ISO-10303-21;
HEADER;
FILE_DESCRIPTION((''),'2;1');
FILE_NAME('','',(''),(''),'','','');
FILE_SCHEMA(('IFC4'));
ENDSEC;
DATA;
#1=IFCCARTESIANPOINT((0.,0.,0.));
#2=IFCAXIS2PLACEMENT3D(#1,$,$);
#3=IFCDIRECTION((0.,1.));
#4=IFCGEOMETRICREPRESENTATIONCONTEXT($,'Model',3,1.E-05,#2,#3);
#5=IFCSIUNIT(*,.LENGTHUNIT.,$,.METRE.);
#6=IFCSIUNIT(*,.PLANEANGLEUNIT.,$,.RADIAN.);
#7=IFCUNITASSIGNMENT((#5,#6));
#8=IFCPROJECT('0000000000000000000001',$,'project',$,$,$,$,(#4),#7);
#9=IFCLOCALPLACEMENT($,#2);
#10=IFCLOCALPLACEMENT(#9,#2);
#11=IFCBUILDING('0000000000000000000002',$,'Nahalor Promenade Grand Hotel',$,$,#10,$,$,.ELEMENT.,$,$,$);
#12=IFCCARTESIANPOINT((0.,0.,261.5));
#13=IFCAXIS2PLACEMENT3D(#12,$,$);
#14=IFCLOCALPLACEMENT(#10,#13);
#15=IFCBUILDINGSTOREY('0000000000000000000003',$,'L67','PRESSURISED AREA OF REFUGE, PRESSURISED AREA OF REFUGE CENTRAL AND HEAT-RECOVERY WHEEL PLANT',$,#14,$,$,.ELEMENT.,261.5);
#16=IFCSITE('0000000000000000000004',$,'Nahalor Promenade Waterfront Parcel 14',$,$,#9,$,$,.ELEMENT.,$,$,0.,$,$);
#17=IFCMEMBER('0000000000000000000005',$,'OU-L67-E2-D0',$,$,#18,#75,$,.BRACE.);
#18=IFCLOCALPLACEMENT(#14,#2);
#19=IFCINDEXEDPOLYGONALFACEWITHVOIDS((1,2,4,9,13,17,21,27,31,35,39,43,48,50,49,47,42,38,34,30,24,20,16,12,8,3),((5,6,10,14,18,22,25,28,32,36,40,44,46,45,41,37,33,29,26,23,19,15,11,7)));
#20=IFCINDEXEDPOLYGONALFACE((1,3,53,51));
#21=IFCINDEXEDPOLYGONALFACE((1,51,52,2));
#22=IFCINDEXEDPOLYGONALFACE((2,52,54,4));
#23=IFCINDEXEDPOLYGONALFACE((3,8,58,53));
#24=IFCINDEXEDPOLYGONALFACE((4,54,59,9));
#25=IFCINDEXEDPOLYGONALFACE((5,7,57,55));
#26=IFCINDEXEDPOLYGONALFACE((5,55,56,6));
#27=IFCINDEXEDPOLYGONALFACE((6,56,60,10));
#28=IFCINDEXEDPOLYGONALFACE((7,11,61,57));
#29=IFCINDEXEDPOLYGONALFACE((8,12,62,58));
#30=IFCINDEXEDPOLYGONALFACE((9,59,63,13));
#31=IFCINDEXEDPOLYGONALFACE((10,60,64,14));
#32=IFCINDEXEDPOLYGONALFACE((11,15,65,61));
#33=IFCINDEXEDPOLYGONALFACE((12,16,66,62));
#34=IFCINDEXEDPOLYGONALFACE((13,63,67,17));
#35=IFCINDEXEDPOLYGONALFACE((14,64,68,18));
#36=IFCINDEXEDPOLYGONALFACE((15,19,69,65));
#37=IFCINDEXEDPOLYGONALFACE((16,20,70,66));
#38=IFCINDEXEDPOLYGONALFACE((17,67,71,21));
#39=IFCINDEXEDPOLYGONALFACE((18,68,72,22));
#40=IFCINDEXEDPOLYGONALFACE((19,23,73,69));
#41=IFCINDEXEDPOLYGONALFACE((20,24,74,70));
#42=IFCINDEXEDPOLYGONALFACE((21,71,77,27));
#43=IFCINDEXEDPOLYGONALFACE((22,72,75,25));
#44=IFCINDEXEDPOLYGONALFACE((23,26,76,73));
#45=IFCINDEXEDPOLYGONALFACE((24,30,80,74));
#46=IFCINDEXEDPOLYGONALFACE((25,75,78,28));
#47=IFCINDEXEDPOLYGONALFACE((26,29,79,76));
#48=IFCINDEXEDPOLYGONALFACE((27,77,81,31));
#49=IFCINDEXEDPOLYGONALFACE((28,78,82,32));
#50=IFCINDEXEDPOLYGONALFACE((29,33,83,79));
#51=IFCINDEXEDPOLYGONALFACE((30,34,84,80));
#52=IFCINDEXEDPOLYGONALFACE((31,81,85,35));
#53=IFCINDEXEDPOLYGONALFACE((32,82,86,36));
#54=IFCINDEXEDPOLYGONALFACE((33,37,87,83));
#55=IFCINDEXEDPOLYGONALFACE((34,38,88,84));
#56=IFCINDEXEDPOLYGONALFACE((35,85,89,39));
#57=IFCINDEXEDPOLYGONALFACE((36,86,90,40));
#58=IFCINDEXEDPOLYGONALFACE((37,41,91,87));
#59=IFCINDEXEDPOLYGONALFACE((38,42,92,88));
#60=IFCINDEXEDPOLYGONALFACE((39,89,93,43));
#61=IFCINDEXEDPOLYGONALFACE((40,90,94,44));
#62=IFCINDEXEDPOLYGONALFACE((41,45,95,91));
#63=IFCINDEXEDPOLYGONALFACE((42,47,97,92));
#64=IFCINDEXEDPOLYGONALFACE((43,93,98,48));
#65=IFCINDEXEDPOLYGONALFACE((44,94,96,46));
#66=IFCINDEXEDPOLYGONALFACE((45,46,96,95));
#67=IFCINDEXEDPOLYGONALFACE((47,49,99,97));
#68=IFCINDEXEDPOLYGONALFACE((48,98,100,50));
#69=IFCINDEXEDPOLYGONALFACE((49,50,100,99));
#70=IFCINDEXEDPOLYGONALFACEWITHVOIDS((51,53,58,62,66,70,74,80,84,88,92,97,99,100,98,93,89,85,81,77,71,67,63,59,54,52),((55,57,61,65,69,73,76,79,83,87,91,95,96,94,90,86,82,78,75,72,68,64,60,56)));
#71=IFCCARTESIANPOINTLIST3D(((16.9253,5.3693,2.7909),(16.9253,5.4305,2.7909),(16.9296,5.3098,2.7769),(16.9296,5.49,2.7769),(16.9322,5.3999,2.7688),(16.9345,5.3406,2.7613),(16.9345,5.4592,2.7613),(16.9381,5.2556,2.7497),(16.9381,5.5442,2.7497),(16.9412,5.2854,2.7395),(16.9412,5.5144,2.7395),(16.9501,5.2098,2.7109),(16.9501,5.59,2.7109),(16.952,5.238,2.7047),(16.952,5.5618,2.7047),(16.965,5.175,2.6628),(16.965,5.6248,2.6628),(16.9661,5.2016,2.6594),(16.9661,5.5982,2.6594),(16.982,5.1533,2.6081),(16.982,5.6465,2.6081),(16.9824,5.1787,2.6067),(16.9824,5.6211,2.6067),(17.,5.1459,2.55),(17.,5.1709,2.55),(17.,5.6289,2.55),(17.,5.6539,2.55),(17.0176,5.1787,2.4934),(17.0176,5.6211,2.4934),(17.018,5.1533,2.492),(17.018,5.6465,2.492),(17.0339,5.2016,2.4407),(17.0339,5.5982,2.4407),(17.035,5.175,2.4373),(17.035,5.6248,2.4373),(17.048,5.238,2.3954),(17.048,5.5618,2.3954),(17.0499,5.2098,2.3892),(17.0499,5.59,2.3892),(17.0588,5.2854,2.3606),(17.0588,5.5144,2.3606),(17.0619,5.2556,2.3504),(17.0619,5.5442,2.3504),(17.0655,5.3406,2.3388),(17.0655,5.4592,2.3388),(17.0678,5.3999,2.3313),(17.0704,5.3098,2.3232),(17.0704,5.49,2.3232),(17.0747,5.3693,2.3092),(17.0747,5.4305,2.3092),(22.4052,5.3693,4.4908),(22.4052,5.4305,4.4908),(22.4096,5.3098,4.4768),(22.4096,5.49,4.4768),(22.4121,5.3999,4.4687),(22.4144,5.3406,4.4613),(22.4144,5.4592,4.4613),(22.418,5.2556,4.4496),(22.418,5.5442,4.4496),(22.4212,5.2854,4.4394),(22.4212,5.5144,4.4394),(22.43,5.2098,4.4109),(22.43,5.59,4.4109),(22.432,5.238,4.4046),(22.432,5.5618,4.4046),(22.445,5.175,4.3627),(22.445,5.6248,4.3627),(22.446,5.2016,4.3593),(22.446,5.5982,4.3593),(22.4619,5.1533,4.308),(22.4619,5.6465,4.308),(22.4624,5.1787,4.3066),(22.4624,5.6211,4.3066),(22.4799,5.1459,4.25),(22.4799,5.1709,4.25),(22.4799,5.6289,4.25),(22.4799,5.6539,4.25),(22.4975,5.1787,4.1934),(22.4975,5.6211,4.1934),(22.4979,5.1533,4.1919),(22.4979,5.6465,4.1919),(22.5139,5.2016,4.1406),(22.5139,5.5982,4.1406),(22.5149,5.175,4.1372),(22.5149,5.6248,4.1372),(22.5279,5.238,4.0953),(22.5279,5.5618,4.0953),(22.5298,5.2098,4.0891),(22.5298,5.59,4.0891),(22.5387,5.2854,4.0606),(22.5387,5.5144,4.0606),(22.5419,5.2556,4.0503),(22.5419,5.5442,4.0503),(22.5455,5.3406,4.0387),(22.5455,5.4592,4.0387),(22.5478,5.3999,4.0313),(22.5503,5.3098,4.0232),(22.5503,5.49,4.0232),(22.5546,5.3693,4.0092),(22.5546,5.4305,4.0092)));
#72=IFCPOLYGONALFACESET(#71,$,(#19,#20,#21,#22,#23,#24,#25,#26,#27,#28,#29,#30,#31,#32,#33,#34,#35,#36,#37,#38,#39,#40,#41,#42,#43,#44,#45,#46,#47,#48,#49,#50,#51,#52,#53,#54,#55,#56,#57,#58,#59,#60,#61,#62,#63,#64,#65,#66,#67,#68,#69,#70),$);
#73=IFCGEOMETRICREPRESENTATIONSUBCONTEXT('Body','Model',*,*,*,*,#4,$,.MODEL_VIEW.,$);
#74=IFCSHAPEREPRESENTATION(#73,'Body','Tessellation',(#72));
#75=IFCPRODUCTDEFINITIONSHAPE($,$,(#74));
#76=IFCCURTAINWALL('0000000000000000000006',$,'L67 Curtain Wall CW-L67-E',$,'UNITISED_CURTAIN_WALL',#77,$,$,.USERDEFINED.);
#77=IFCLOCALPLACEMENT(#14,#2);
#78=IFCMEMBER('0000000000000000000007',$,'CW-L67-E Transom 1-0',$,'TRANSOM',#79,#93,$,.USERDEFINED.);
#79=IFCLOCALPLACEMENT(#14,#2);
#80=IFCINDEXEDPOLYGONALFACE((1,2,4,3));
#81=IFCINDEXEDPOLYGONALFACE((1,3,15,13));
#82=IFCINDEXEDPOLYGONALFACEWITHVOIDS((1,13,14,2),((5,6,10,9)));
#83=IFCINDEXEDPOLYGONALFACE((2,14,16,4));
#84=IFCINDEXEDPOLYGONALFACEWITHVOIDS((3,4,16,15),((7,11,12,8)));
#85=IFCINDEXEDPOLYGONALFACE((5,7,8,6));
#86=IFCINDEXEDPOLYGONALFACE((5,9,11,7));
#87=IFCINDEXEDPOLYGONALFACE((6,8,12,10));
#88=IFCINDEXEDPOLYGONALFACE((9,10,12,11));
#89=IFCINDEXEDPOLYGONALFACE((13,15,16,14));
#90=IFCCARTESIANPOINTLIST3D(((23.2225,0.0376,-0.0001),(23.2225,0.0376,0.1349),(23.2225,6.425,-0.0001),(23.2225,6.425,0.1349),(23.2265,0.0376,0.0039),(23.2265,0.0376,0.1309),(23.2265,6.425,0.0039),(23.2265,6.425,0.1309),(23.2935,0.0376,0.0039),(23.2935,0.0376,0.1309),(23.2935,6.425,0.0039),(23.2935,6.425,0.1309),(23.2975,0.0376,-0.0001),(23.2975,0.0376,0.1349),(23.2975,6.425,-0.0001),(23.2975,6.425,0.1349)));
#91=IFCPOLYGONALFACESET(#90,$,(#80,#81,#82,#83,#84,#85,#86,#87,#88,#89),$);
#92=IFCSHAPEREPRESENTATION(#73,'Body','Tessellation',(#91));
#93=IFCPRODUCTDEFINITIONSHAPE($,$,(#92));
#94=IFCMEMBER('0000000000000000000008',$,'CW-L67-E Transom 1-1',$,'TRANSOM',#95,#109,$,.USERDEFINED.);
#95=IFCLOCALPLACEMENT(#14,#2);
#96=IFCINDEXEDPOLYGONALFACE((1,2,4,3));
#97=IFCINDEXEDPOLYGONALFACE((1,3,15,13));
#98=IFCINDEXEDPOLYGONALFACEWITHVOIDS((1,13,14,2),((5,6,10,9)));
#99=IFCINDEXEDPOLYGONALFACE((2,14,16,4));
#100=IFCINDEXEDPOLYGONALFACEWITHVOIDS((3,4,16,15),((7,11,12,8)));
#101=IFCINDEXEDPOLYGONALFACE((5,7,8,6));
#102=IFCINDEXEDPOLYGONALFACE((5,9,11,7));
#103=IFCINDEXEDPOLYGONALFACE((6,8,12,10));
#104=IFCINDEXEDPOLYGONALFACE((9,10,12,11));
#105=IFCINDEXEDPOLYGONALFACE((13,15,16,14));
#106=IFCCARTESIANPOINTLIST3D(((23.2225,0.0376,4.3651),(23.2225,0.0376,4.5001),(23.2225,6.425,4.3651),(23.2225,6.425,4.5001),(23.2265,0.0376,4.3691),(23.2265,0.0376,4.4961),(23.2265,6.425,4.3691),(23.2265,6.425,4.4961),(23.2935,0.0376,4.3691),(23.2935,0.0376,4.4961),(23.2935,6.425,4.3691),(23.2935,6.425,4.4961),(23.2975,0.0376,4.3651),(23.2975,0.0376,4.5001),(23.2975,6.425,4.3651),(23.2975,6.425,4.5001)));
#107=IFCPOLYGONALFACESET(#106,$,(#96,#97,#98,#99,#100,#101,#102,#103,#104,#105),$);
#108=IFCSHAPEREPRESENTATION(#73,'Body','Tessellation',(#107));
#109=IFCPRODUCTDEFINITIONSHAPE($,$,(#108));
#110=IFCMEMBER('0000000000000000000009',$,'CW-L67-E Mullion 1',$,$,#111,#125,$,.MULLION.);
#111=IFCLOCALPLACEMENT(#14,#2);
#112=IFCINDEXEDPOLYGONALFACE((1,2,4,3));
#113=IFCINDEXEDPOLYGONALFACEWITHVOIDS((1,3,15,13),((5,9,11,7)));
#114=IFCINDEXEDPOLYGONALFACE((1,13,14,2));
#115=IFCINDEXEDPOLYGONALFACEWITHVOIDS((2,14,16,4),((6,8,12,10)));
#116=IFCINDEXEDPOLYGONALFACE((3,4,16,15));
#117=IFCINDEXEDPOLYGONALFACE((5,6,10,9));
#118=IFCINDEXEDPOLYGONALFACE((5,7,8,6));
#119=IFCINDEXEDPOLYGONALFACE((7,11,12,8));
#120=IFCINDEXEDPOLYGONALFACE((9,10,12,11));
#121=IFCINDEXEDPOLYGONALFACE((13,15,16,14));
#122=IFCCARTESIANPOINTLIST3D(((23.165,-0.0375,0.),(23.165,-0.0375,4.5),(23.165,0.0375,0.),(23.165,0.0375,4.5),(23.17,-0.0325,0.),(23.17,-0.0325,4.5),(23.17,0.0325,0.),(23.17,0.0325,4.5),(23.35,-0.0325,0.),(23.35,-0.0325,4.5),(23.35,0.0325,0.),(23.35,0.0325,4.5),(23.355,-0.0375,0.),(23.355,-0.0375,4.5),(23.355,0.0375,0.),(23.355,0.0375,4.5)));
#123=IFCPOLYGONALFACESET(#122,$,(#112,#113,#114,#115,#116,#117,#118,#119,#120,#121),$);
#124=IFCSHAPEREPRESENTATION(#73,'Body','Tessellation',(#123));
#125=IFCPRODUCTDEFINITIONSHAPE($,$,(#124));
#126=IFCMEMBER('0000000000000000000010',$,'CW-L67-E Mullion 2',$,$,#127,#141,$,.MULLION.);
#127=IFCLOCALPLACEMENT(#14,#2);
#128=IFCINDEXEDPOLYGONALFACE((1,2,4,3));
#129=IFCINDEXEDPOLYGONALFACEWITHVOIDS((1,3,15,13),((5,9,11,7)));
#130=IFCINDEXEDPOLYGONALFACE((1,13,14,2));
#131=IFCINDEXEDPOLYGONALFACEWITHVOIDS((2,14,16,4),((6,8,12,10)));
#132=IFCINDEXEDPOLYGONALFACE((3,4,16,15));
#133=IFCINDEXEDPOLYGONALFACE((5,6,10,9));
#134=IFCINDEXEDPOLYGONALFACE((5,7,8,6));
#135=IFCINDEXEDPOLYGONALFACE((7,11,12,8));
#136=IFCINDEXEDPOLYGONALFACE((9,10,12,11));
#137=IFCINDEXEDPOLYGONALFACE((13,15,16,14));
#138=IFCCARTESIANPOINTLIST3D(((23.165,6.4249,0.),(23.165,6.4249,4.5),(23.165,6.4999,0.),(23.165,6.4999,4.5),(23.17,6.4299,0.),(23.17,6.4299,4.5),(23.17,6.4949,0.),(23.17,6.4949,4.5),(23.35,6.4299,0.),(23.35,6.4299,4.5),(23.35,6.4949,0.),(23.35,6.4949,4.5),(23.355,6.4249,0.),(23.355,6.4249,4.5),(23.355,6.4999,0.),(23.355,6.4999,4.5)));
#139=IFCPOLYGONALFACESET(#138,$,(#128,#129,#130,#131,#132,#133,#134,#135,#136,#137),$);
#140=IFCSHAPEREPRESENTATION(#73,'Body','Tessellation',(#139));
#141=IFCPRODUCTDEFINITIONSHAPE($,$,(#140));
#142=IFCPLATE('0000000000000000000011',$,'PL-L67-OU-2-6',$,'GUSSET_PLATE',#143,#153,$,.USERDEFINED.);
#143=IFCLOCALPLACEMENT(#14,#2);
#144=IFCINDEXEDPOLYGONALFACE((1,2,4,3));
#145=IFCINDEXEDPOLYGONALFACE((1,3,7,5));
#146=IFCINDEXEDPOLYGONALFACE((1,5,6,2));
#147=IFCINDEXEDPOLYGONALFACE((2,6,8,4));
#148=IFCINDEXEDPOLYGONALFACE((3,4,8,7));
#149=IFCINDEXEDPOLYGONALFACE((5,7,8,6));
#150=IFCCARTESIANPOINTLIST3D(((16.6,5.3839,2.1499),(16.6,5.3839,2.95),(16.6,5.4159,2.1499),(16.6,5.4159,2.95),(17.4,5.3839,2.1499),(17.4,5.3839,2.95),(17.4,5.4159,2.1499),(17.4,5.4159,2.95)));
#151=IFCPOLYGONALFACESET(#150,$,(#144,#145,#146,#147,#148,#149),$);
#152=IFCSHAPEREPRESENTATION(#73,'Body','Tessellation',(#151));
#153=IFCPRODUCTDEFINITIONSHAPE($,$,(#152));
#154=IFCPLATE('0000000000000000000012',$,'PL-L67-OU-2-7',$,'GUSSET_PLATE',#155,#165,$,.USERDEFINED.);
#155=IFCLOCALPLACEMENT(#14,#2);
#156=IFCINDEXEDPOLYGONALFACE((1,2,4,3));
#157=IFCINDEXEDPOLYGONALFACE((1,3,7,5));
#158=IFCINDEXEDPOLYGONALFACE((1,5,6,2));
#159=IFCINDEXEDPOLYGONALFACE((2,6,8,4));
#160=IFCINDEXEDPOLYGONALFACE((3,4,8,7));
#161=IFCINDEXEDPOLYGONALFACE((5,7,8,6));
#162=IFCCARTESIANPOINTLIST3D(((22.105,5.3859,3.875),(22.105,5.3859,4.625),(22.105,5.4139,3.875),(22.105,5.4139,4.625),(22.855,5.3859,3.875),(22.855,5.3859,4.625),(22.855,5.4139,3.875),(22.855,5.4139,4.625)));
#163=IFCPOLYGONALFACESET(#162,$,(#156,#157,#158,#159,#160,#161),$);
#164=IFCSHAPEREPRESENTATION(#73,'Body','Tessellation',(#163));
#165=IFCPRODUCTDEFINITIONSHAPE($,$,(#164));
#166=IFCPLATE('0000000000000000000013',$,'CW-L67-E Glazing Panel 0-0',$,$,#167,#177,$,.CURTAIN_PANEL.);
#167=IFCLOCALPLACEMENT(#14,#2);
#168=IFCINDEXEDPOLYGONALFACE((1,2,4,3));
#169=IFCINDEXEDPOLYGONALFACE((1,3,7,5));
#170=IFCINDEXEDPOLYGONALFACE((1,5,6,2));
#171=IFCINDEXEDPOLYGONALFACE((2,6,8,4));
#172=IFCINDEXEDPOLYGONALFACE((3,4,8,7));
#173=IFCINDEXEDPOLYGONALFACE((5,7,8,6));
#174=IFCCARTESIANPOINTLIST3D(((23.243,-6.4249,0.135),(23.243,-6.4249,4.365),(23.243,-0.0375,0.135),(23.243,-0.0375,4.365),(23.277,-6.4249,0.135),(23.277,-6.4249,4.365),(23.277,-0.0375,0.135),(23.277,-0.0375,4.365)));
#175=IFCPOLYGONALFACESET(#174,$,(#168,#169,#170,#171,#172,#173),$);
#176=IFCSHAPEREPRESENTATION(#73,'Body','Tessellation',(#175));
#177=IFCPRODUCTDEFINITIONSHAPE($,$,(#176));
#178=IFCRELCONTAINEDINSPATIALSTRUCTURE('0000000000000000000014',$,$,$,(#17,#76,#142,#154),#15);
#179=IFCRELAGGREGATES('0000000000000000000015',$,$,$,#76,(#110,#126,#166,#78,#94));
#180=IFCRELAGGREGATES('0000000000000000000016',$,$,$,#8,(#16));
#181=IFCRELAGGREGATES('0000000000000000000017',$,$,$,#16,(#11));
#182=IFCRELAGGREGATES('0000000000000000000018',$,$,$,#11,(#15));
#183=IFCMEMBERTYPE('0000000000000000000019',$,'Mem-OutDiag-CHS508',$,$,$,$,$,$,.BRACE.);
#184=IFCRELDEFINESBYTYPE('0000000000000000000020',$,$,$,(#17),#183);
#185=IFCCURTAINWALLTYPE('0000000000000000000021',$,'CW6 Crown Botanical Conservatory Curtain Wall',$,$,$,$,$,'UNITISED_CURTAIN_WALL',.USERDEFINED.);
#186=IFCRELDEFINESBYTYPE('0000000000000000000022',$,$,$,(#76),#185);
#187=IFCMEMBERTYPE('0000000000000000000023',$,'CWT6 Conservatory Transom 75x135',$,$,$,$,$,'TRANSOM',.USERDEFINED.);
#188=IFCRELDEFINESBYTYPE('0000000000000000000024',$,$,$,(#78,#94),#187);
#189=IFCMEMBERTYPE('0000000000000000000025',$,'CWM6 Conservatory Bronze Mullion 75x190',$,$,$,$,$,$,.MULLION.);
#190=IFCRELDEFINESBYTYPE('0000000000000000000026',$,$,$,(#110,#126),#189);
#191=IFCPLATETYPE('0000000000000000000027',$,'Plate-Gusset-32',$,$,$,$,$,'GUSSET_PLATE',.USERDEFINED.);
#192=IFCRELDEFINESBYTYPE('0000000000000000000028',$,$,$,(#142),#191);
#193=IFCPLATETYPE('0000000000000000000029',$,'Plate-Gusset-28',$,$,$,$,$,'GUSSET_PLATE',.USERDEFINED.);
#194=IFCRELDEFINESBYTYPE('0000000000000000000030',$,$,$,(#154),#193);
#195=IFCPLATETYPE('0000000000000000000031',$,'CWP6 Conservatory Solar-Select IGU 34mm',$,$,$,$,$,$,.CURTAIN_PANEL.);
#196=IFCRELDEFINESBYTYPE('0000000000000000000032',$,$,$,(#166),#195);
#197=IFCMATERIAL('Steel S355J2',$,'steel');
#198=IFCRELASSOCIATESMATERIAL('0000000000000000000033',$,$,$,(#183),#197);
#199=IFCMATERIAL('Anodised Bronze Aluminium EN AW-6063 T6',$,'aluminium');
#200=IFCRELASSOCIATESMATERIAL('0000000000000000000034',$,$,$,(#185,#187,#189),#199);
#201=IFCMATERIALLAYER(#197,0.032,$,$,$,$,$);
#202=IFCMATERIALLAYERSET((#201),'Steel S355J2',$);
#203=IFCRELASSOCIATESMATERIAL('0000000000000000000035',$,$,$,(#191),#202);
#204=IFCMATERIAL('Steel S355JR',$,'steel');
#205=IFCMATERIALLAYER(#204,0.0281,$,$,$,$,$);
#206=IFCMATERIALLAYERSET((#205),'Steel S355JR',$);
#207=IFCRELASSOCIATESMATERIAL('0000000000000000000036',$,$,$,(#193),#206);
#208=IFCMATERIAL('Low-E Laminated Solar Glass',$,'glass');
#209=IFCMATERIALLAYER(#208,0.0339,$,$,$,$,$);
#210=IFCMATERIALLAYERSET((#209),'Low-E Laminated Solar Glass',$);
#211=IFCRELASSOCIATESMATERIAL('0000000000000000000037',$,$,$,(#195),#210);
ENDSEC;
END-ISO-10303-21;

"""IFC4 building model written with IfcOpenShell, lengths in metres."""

from ifc_helpers import new_model, si_unit, direction, frame, origin, origin_2d, place, context, subcontext, project, spatial, rectangle, hollow_rectangle, hollow_circle, extrude, source, transform, mapped, material, layer, layer_set, material_profile, profile_set, type_object, element, aggregate, save


model = new_model("IFC4")

# Units and contexts
model_context = context("Model", 3, precision=1e-05, world=origin(), true_north=direction((0.0, 1.0)))
body_context = subcontext(model_context, "Body", "Model", "MODEL_VIEW")
ifc_project = project(units=[si_unit("LENGTHUNIT", "METRE"), si_unit("PLANEANGLEUNIT", "RADIAN")], contexts=[model_context])

# Site, building, storey
site_placement = place(None, origin())
site = spatial("IfcSite", under=ifc_project, at=site_placement, Name="Nahalor Promenade Waterfront Parcel 14", CompositionType="ELEMENT", RefElevation=0.0)
building_placement = place(site_placement, origin())
building = spatial("IfcBuilding", under=site, at=building_placement, Name="Nahalor Promenade Grand Hotel", CompositionType="ELEMENT")
storey_placement = place(building_placement, frame((0.0, 0.0, 261.5)))
storey = spatial("IfcBuildingStorey", under=building, at=storey_placement, Name="L67", Description="PRESSURISED AREA OF REFUGE, PRESSURISED AREA OF REFUGE CENTRAL AND HEAT-RECOVERY WHEEL PLANT", CompositionType="ELEMENT", Elevation=261.5)

# Shared definitions
ifc_material_1 = material(Name="Steel S355JR", Category="steel")

# Member
ifc_material_2 = material(Name="Steel S355J2", Category="steel")
ifc_material_profile_1 = material_profile(ifc_material_2, hollow_circle(Radius=0.254, WallThickness=0.025, at=origin_2d()), Name="CHS 508x25")
ifc_profile_set_1 = profile_set([ifc_material_profile_1], Name="Steel S355J2")
member_type_1 = type_object("IfcMemberType", Name="Mem-OutDiag-CHS508", PredefinedType="BRACE", material=ifc_profile_set_1)
shared_shape_1 = source(origin(), body_context, "Body", "SweptSolid", [
    extrude(hollow_circle(Radius=0.254, WallThickness=0.025, at=origin_2d()), origin(), (0.0, 0.0, 1.0), 5.7375),
])
member_1_placement = place(storey_placement, frame((17.0, 5.3999, 2.55), z_axis=(0.9551, 0.0, 0.296283), x_axis=(0.0, 1.0, 0.0)))
element("IfcMember", 1, at=member_1_placement, inside=storey, type_object=member_type_1, Name="OU-L67-E2-D0", PredefinedType="BRACE", context=body_context, shape_type="MappedRepresentation", body=[
    mapped(shared_shape_1, transform((0.0, 0.0, 0.0), scale=1.0)),
])

# Curtain wall, members
ifc_material_3 = material(Name="Anodised Bronze Aluminium EN AW-6063 T6", Category="aluminium")
curtain_wall_type = type_object("IfcCurtainWallType", Name="CW6 Crown Botanical Conservatory Curtain Wall", ElementType="UNITISED_CURTAIN_WALL", PredefinedType="USERDEFINED", material=ifc_material_3)
curtain_wall_placement = place(storey_placement, origin())
curtain_wall = element("IfcCurtainWall", 2, at=curtain_wall_placement, inside=storey, type_object=curtain_wall_type, Name="L67 Curtain Wall CW-L67-E", ObjectType="UNITISED_CURTAIN_WALL", PredefinedType="USERDEFINED")
ifc_material_profile_2 = material_profile(ifc_material_3, hollow_rectangle(XDim=0.075, YDim=0.135, WallThickness=0.004, at=origin_2d()), Name="CWT 75x135x4")
ifc_profile_set_2 = profile_set([ifc_material_profile_2], Name="Anodised Bronze Aluminium EN AW-6063 T6")
member_type_2 = type_object("IfcMemberType", Name="CWT6 Conservatory Transom 75x135", ElementType="TRANSOM", PredefinedType="USERDEFINED", material=ifc_profile_set_2)
shared_shape_2 = source(origin(), body_context, "Body", "SweptSolid", [
    extrude(hollow_rectangle(XDim=0.075, YDim=0.135, WallThickness=0.004, at=origin_2d()), origin(), (0.0, 0.0, 1.0), 6.3875),
])
member_2_placement = place(storey_placement, frame((23.26, 0.0376, 0.0674), z_axis=(0.0, 1.0, 0.0), x_axis=(-1.0, 0.0, 0.0)))
member_2 = element("IfcMember", 3, at=member_2_placement, type_object=member_type_2, Name="CW-L67-E Transom 1-0", ObjectType="TRANSOM", PredefinedType="USERDEFINED", context=body_context, shape_type="MappedRepresentation", body=[
    mapped(shared_shape_2, transform((0.0, 0.0, 0.0), scale=1.0)),
])
member_3_placement = place(storey_placement, frame((23.26, 0.0376, 4.4326), z_axis=(0.0, 1.0, 0.0), x_axis=(-1.0, 0.0, 0.0)))
member_3 = element("IfcMember", 4, at=member_3_placement, type_object=member_type_2, Name="CW-L67-E Transom 1-1", ObjectType="TRANSOM", PredefinedType="USERDEFINED", context=body_context, shape_type="MappedRepresentation", body=[
    mapped(shared_shape_2, transform((0.0, 0.0, 0.0), scale=1.0)),
])
ifc_material_profile_3 = material_profile(ifc_material_3, hollow_rectangle(XDim=0.075, YDim=0.19, WallThickness=0.005, at=origin_2d()), Name="CWM 75x190x5")
ifc_profile_set_3 = profile_set([ifc_material_profile_3], Name="Anodised Bronze Aluminium EN AW-6063 T6")
member_type_3 = type_object("IfcMemberType", Name="CWM6 Conservatory Bronze Mullion 75x190", PredefinedType="MULLION", material=ifc_profile_set_3)
shared_shape_3 = source(origin(), body_context, "Body", "SweptSolid", [
    extrude(hollow_rectangle(XDim=0.075, YDim=0.19, WallThickness=0.005, at=origin_2d()), origin(), (0.0, 0.0, 1.0), 4.5),
])
member_4_placement = place(storey_placement, frame((23.26, 0.0, 0.0), z_axis=(0.0, 0.0, 1.0), x_axis=(0.0, 1.0, 0.0)))
member_4 = element("IfcMember", 5, at=member_4_placement, type_object=member_type_3, Name="CW-L67-E Mullion 1", PredefinedType="MULLION", context=body_context, shape_type="MappedRepresentation", body=[
    mapped(shared_shape_3, transform((0.0, 0.0, 0.0), scale=1.0)),
])
member_5_placement = place(storey_placement, frame((23.26, 6.4624, 0.0), z_axis=(0.0, 0.0, 1.0), x_axis=(0.0, 1.0, 0.0)))
member_5 = element("IfcMember", 6, at=member_5_placement, type_object=member_type_3, Name="CW-L67-E Mullion 2", PredefinedType="MULLION", context=body_context, shape_type="MappedRepresentation", body=[
    mapped(shared_shape_3, transform((0.0, 0.0, 0.0), scale=1.0)),
])

# Plates
ifc_layer_1 = layer(ifc_material_2, 0.032)
ifc_layer_set_1 = layer_set([ifc_layer_1], Name="Steel S355J2")
plate_type_1 = type_object("IfcPlateType", Name="Plate-Gusset-32", ElementType="GUSSET_PLATE", PredefinedType="USERDEFINED", material=ifc_layer_set_1)
shared_shape_4 = source(origin(), body_context, "Body", "SweptSolid", [
    extrude(rectangle(XDim=0.8, YDim=0.032, at=origin_2d()), origin(), (0.0, 0.0, 1.0), 0.8),
])
plate_1_placement = place(storey_placement, frame((17.0, 5.3999, 2.1499), z_axis=(0.0, 0.0, 1.0), x_axis=(1.0, 0.0, 0.0)))
element("IfcPlate", 7, at=plate_1_placement, inside=storey, type_object=plate_type_1, Name="PL-L67-OU-2-6", ObjectType="GUSSET_PLATE", PredefinedType="USERDEFINED", context=body_context, shape_type="MappedRepresentation", body=[
    mapped(shared_shape_4, transform((0.0, 0.0, 0.0), scale=1.0)),
])
ifc_layer_2 = layer(ifc_material_1, 0.0281)
ifc_layer_set_2 = layer_set([ifc_layer_2], Name="Steel S355JR")
plate_type_2 = type_object("IfcPlateType", Name="Plate-Gusset-28", ElementType="GUSSET_PLATE", PredefinedType="USERDEFINED", material=ifc_layer_set_2)
shared_shape_5 = source(origin(), body_context, "Body", "SweptSolid", [
    extrude(rectangle(XDim=0.75, YDim=0.0281, at=origin_2d()), origin(), (0.0, 0.0, 1.0), 0.75),
])
plate_2_placement = place(storey_placement, frame((22.48, 5.3999, 3.875), z_axis=(0.0, 0.0, 1.0), x_axis=(1.0, 0.0, 0.0)))
element("IfcPlate", 8, at=plate_2_placement, inside=storey, type_object=plate_type_2, Name="PL-L67-OU-2-7", ObjectType="GUSSET_PLATE", PredefinedType="USERDEFINED", context=body_context, shape_type="MappedRepresentation", body=[
    mapped(shared_shape_5, transform((0.0, 0.0, 0.0), scale=1.0)),
])

# Plate
ifc_material_4 = material(Name="Low-E Laminated Solar Glass", Category="glass")
ifc_layer_3 = layer(ifc_material_4, 0.0339)
ifc_layer_set_3 = layer_set([ifc_layer_3], Name="Low-E Laminated Solar Glass")
plate_type_3 = type_object("IfcPlateType", Name="CWP6 Conservatory Solar-Select IGU 34mm", PredefinedType="CURTAIN_PANEL", material=ifc_layer_set_3)
shared_shape_6 = source(origin(), body_context, "Body", "SweptSolid", [
    extrude(rectangle(XDim=6.3875, YDim=0.0339, at=origin_2d()), origin(), (0.0, 0.0, 1.0), 4.23),
])
plate_3_placement = place(storey_placement, frame((23.26, -3.2312, 0.135), z_axis=(0.0, 0.0, 1.0), x_axis=(0.0, 1.0, 0.0)))
plate_3 = element("IfcPlate", 9, at=plate_3_placement, type_object=plate_type_3, Name="CW-L67-E Glazing Panel 0-0", PredefinedType="CURTAIN_PANEL", context=body_context, shape_type="MappedRepresentation", body=[
    mapped(shared_shape_6, transform((0.0, 0.0, 0.0), scale=1.0)),
])
aggregate(curtain_wall, [member_4, member_5, plate_3, member_2, member_3])

save(model, "model.ifc")
